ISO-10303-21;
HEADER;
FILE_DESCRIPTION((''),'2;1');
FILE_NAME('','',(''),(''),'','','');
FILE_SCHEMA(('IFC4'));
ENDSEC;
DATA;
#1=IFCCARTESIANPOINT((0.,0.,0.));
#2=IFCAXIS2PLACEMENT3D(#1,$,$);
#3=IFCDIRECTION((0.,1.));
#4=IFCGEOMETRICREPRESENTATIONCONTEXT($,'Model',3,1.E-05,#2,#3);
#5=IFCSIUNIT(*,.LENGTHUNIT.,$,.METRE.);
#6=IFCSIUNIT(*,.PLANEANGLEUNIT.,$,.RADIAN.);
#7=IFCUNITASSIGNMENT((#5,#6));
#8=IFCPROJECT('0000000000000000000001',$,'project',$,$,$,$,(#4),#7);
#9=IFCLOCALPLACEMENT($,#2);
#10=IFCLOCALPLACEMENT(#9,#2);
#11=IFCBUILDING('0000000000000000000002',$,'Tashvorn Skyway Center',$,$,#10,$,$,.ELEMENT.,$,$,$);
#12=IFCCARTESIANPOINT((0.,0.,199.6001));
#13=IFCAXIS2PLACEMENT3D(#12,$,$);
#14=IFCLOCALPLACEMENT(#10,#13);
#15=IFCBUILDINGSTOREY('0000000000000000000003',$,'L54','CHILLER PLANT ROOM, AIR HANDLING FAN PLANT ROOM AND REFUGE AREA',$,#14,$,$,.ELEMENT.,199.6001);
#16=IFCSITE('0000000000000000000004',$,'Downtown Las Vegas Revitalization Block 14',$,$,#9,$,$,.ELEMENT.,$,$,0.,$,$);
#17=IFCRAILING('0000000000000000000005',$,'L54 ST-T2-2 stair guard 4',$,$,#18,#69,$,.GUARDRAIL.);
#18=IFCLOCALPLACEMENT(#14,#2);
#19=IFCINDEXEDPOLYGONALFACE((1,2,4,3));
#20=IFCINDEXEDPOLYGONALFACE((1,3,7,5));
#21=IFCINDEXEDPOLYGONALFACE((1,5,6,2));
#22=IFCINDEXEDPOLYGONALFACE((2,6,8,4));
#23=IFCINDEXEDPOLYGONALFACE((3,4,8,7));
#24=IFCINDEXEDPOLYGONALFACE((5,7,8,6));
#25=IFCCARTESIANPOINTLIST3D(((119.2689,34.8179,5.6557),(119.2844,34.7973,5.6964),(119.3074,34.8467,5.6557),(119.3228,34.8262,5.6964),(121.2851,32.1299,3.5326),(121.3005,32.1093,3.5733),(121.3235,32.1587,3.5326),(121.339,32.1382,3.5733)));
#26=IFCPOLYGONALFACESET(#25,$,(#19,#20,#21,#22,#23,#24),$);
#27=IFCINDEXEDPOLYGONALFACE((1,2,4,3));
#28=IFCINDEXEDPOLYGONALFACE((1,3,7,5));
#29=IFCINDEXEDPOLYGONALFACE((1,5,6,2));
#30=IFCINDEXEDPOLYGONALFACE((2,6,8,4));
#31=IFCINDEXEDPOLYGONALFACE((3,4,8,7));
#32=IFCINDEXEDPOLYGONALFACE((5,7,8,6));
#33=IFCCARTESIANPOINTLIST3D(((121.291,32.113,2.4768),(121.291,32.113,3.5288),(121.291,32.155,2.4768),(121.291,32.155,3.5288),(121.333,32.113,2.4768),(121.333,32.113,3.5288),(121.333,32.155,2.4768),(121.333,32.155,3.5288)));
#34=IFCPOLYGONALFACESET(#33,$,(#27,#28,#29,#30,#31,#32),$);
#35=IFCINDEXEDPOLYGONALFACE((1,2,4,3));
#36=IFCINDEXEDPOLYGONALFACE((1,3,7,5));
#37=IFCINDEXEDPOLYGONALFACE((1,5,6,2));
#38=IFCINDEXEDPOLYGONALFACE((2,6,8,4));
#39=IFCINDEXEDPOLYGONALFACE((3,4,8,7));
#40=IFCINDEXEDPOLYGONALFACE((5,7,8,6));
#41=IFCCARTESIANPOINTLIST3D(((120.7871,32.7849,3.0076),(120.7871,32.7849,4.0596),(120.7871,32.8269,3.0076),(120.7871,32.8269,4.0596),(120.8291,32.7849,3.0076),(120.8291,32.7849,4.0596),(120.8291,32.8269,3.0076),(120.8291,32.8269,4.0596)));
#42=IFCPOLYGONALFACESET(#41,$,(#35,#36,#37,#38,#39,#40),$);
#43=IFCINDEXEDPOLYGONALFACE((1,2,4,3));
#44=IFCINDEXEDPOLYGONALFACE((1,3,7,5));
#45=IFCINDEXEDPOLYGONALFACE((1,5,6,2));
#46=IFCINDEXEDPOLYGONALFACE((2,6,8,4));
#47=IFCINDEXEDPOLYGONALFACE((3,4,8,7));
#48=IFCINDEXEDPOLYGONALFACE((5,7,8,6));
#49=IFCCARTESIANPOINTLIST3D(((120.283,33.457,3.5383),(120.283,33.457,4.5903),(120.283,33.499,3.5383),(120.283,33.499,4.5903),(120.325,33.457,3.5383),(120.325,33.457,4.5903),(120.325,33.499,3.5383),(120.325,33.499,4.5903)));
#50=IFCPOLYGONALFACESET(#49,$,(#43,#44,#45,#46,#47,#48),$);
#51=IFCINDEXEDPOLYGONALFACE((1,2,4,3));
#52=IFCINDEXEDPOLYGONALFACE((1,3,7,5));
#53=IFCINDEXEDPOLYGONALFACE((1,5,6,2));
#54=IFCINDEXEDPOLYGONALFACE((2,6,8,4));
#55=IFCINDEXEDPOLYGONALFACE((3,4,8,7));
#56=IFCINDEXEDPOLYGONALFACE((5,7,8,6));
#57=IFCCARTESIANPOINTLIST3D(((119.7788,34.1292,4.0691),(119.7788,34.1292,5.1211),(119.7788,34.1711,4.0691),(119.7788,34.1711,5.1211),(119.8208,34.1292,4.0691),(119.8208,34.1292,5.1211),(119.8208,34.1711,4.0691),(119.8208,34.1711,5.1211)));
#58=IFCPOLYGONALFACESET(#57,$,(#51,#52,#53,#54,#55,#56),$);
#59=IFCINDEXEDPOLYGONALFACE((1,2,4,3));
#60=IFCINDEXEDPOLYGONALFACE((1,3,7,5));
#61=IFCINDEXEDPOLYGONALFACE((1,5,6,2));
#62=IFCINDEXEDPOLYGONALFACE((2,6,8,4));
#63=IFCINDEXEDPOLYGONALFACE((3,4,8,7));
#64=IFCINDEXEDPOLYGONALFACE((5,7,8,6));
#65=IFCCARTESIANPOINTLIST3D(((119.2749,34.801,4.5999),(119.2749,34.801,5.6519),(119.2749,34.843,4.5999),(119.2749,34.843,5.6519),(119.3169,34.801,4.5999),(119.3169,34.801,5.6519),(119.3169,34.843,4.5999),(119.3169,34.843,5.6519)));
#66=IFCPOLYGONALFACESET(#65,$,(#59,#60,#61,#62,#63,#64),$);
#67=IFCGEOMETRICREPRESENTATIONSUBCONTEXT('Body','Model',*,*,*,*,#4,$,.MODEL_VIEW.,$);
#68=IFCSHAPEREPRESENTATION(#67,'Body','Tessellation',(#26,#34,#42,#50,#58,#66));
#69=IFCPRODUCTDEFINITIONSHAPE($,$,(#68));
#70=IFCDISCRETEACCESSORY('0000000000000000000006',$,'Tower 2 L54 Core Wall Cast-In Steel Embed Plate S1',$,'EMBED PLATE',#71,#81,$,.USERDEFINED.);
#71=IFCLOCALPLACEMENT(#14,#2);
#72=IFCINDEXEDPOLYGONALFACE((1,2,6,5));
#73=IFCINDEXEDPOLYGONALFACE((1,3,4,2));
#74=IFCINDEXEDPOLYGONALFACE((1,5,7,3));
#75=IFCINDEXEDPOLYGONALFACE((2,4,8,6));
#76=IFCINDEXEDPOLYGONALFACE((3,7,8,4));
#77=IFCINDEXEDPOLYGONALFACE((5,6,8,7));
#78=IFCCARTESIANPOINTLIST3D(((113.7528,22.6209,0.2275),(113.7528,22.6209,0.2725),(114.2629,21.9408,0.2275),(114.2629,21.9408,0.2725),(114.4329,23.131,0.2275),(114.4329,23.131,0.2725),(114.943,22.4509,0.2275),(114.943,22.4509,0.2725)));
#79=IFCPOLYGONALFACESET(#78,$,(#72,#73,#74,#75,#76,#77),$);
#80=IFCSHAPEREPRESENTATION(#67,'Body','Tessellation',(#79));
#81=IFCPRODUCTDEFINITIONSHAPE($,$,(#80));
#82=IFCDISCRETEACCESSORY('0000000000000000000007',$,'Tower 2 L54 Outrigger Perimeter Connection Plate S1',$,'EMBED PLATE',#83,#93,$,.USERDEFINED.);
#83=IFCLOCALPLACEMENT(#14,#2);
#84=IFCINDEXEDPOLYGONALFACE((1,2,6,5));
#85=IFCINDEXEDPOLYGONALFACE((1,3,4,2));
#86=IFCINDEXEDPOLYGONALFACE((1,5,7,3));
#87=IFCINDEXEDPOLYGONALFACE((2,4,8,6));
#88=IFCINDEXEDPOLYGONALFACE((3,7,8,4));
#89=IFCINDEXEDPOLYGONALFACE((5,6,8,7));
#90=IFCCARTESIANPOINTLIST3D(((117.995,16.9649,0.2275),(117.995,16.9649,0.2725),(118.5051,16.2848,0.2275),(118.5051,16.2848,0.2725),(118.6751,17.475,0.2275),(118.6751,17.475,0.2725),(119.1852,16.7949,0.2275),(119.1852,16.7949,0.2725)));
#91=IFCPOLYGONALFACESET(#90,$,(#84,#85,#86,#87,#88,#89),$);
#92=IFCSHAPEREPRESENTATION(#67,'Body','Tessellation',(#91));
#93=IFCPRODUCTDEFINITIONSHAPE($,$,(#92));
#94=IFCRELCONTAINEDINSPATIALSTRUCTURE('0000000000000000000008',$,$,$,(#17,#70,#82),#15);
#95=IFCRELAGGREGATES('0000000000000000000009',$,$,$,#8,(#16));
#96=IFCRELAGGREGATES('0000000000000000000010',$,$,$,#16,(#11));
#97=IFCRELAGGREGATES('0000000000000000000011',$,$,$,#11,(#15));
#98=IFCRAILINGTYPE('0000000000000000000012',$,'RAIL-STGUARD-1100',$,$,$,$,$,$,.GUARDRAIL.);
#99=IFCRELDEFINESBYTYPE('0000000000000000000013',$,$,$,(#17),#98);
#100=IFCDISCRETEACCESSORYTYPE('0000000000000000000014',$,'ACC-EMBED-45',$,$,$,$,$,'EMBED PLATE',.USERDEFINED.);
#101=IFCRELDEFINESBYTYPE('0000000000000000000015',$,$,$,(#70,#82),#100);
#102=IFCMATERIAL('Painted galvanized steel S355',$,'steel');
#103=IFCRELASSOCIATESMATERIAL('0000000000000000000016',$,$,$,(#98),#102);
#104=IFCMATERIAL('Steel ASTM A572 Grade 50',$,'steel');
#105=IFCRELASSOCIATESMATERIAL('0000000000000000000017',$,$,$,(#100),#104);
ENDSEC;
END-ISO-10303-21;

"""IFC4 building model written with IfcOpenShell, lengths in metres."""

from ifc_helpers import new_model, si_unit, direction, frame, origin, origin_2d, place, context, subcontext, project, spatial, rectangle, extrude, material, type_object, element, save


model = new_model("IFC4")

# Units and contexts
model_context = context("Model", 3, precision=1e-05, world=origin(), true_north=direction((0.0, 1.0)))
body_context = subcontext(model_context, "Body", "Model", "MODEL_VIEW")
ifc_project = project(units=[si_unit("LENGTHUNIT", "METRE"), si_unit("PLANEANGLEUNIT", "RADIAN")], contexts=[model_context])

# Site, building, storey
site_placement = place(None, origin())
site = spatial("IfcSite", under=ifc_project, at=site_placement, Name="Downtown Las Vegas Revitalization Block 14", CompositionType="ELEMENT", RefElevation=0.0)
building_placement = place(site_placement, origin())
building = spatial("IfcBuilding", under=site, at=building_placement, Name="Tashvorn Skyway Center", CompositionType="ELEMENT")
storey_placement = place(building_placement, frame((0.0, 0.0, 199.6001)))
storey = spatial("IfcBuildingStorey", under=building, at=storey_placement, Name="L54", Description="CHILLER PLANT ROOM, AIR HANDLING FAN PLANT ROOM AND REFUGE AREA", CompositionType="ELEMENT", Elevation=199.6001)

# Shared definitions
ifc_material_1 = material(Name="Steel ASTM A572 Grade 50", Category="steel")

# Railing
ifc_material_2 = material(Name="Painted galvanized steel S355", Category="steel")
railing_type_1 = type_object("IfcRailingType", Name="RAIL-STGUARD-1100", PredefinedType="GUARDRAIL", material=ifc_material_2)
railing_1_placement = place(storey_placement, frame((121.312, 32.134, 2.4768)))
element("IfcRailing", 1, at=railing_1_placement, inside=storey, type_object=railing_type_1, Name="L54 ST-T2-2 stair guard 4", PredefinedType="GUARDRAIL", context=body_context, shape_type="SweptSolid", body=[
    extrude(rectangle(XDim=0.0481, YDim=0.0481, at=origin_2d()), frame((0.0, 0.0, 1.0762), z_axis=(-0.507251, 0.676294, 0.534156), x_axis=(-0.799983, -0.600023, 0.0)), (0.0, 0.0, 1.0), 3.9746),
    extrude(rectangle(XDim=0.042, YDim=0.042, at=origin_2d()), origin(), (0.0, 0.0, 1.0), 1.052),
    extrude(rectangle(XDim=0.042, YDim=0.042, at=origin_2d()), frame((-0.5039, 0.6719, 0.5308)), (0.0, 0.0, 1.0), 1.052),
    extrude(rectangle(XDim=0.042, YDim=0.042, at=origin_2d()), frame((-1.0081, 1.344, 1.0615)), (0.0, 0.0, 1.0), 1.052),
    extrude(rectangle(XDim=0.042, YDim=0.042, at=origin_2d()), frame((-1.5122, 2.0161, 1.5923)), (0.0, 0.0, 1.0), 1.052),
    extrude(rectangle(XDim=0.042, YDim=0.042, at=origin_2d()), frame((-2.0161, 2.688, 2.123)), (0.0, 0.0, 1.0), 1.052),
])

# Discrete accessories
discrete_accessory_type = type_object("IfcDiscreteAccessoryType", Name="ACC-EMBED-45", ElementType="EMBED PLATE", PredefinedType="USERDEFINED", material=ifc_material_1)
for number, where, z_axis, x_axis, name in (
    (2, (114.3479, 22.5359, 0.2275), (0.0, 0.0, 1.0), (0.8, 0.6, 0.0), "Tower 2 L54 Core Wall Cast-In Steel Embed Plate S1"),
    (3, (118.5901, 16.8799, 0.2275), (0.0, 0.0, 1.0), (0.8, 0.6, 0.0), "Tower 2 L54 Outrigger Perimeter Connection Plate S1"),
):
    element("IfcDiscreteAccessory", number, at=place(storey_placement, frame(where, z_axis=z_axis, x_axis=x_axis)), inside=storey, type_object=discrete_accessory_type, Name=name, ObjectType="EMBED PLATE", PredefinedType="USERDEFINED", context=body_context, shape_type="SweptSolid", body=[
        extrude(rectangle(XDim=0.8501, YDim=0.8501, at=origin_2d()), origin(), (0.0, 0.0, 1.0), 0.0449),
    ])

save(model, "model.ifc")
